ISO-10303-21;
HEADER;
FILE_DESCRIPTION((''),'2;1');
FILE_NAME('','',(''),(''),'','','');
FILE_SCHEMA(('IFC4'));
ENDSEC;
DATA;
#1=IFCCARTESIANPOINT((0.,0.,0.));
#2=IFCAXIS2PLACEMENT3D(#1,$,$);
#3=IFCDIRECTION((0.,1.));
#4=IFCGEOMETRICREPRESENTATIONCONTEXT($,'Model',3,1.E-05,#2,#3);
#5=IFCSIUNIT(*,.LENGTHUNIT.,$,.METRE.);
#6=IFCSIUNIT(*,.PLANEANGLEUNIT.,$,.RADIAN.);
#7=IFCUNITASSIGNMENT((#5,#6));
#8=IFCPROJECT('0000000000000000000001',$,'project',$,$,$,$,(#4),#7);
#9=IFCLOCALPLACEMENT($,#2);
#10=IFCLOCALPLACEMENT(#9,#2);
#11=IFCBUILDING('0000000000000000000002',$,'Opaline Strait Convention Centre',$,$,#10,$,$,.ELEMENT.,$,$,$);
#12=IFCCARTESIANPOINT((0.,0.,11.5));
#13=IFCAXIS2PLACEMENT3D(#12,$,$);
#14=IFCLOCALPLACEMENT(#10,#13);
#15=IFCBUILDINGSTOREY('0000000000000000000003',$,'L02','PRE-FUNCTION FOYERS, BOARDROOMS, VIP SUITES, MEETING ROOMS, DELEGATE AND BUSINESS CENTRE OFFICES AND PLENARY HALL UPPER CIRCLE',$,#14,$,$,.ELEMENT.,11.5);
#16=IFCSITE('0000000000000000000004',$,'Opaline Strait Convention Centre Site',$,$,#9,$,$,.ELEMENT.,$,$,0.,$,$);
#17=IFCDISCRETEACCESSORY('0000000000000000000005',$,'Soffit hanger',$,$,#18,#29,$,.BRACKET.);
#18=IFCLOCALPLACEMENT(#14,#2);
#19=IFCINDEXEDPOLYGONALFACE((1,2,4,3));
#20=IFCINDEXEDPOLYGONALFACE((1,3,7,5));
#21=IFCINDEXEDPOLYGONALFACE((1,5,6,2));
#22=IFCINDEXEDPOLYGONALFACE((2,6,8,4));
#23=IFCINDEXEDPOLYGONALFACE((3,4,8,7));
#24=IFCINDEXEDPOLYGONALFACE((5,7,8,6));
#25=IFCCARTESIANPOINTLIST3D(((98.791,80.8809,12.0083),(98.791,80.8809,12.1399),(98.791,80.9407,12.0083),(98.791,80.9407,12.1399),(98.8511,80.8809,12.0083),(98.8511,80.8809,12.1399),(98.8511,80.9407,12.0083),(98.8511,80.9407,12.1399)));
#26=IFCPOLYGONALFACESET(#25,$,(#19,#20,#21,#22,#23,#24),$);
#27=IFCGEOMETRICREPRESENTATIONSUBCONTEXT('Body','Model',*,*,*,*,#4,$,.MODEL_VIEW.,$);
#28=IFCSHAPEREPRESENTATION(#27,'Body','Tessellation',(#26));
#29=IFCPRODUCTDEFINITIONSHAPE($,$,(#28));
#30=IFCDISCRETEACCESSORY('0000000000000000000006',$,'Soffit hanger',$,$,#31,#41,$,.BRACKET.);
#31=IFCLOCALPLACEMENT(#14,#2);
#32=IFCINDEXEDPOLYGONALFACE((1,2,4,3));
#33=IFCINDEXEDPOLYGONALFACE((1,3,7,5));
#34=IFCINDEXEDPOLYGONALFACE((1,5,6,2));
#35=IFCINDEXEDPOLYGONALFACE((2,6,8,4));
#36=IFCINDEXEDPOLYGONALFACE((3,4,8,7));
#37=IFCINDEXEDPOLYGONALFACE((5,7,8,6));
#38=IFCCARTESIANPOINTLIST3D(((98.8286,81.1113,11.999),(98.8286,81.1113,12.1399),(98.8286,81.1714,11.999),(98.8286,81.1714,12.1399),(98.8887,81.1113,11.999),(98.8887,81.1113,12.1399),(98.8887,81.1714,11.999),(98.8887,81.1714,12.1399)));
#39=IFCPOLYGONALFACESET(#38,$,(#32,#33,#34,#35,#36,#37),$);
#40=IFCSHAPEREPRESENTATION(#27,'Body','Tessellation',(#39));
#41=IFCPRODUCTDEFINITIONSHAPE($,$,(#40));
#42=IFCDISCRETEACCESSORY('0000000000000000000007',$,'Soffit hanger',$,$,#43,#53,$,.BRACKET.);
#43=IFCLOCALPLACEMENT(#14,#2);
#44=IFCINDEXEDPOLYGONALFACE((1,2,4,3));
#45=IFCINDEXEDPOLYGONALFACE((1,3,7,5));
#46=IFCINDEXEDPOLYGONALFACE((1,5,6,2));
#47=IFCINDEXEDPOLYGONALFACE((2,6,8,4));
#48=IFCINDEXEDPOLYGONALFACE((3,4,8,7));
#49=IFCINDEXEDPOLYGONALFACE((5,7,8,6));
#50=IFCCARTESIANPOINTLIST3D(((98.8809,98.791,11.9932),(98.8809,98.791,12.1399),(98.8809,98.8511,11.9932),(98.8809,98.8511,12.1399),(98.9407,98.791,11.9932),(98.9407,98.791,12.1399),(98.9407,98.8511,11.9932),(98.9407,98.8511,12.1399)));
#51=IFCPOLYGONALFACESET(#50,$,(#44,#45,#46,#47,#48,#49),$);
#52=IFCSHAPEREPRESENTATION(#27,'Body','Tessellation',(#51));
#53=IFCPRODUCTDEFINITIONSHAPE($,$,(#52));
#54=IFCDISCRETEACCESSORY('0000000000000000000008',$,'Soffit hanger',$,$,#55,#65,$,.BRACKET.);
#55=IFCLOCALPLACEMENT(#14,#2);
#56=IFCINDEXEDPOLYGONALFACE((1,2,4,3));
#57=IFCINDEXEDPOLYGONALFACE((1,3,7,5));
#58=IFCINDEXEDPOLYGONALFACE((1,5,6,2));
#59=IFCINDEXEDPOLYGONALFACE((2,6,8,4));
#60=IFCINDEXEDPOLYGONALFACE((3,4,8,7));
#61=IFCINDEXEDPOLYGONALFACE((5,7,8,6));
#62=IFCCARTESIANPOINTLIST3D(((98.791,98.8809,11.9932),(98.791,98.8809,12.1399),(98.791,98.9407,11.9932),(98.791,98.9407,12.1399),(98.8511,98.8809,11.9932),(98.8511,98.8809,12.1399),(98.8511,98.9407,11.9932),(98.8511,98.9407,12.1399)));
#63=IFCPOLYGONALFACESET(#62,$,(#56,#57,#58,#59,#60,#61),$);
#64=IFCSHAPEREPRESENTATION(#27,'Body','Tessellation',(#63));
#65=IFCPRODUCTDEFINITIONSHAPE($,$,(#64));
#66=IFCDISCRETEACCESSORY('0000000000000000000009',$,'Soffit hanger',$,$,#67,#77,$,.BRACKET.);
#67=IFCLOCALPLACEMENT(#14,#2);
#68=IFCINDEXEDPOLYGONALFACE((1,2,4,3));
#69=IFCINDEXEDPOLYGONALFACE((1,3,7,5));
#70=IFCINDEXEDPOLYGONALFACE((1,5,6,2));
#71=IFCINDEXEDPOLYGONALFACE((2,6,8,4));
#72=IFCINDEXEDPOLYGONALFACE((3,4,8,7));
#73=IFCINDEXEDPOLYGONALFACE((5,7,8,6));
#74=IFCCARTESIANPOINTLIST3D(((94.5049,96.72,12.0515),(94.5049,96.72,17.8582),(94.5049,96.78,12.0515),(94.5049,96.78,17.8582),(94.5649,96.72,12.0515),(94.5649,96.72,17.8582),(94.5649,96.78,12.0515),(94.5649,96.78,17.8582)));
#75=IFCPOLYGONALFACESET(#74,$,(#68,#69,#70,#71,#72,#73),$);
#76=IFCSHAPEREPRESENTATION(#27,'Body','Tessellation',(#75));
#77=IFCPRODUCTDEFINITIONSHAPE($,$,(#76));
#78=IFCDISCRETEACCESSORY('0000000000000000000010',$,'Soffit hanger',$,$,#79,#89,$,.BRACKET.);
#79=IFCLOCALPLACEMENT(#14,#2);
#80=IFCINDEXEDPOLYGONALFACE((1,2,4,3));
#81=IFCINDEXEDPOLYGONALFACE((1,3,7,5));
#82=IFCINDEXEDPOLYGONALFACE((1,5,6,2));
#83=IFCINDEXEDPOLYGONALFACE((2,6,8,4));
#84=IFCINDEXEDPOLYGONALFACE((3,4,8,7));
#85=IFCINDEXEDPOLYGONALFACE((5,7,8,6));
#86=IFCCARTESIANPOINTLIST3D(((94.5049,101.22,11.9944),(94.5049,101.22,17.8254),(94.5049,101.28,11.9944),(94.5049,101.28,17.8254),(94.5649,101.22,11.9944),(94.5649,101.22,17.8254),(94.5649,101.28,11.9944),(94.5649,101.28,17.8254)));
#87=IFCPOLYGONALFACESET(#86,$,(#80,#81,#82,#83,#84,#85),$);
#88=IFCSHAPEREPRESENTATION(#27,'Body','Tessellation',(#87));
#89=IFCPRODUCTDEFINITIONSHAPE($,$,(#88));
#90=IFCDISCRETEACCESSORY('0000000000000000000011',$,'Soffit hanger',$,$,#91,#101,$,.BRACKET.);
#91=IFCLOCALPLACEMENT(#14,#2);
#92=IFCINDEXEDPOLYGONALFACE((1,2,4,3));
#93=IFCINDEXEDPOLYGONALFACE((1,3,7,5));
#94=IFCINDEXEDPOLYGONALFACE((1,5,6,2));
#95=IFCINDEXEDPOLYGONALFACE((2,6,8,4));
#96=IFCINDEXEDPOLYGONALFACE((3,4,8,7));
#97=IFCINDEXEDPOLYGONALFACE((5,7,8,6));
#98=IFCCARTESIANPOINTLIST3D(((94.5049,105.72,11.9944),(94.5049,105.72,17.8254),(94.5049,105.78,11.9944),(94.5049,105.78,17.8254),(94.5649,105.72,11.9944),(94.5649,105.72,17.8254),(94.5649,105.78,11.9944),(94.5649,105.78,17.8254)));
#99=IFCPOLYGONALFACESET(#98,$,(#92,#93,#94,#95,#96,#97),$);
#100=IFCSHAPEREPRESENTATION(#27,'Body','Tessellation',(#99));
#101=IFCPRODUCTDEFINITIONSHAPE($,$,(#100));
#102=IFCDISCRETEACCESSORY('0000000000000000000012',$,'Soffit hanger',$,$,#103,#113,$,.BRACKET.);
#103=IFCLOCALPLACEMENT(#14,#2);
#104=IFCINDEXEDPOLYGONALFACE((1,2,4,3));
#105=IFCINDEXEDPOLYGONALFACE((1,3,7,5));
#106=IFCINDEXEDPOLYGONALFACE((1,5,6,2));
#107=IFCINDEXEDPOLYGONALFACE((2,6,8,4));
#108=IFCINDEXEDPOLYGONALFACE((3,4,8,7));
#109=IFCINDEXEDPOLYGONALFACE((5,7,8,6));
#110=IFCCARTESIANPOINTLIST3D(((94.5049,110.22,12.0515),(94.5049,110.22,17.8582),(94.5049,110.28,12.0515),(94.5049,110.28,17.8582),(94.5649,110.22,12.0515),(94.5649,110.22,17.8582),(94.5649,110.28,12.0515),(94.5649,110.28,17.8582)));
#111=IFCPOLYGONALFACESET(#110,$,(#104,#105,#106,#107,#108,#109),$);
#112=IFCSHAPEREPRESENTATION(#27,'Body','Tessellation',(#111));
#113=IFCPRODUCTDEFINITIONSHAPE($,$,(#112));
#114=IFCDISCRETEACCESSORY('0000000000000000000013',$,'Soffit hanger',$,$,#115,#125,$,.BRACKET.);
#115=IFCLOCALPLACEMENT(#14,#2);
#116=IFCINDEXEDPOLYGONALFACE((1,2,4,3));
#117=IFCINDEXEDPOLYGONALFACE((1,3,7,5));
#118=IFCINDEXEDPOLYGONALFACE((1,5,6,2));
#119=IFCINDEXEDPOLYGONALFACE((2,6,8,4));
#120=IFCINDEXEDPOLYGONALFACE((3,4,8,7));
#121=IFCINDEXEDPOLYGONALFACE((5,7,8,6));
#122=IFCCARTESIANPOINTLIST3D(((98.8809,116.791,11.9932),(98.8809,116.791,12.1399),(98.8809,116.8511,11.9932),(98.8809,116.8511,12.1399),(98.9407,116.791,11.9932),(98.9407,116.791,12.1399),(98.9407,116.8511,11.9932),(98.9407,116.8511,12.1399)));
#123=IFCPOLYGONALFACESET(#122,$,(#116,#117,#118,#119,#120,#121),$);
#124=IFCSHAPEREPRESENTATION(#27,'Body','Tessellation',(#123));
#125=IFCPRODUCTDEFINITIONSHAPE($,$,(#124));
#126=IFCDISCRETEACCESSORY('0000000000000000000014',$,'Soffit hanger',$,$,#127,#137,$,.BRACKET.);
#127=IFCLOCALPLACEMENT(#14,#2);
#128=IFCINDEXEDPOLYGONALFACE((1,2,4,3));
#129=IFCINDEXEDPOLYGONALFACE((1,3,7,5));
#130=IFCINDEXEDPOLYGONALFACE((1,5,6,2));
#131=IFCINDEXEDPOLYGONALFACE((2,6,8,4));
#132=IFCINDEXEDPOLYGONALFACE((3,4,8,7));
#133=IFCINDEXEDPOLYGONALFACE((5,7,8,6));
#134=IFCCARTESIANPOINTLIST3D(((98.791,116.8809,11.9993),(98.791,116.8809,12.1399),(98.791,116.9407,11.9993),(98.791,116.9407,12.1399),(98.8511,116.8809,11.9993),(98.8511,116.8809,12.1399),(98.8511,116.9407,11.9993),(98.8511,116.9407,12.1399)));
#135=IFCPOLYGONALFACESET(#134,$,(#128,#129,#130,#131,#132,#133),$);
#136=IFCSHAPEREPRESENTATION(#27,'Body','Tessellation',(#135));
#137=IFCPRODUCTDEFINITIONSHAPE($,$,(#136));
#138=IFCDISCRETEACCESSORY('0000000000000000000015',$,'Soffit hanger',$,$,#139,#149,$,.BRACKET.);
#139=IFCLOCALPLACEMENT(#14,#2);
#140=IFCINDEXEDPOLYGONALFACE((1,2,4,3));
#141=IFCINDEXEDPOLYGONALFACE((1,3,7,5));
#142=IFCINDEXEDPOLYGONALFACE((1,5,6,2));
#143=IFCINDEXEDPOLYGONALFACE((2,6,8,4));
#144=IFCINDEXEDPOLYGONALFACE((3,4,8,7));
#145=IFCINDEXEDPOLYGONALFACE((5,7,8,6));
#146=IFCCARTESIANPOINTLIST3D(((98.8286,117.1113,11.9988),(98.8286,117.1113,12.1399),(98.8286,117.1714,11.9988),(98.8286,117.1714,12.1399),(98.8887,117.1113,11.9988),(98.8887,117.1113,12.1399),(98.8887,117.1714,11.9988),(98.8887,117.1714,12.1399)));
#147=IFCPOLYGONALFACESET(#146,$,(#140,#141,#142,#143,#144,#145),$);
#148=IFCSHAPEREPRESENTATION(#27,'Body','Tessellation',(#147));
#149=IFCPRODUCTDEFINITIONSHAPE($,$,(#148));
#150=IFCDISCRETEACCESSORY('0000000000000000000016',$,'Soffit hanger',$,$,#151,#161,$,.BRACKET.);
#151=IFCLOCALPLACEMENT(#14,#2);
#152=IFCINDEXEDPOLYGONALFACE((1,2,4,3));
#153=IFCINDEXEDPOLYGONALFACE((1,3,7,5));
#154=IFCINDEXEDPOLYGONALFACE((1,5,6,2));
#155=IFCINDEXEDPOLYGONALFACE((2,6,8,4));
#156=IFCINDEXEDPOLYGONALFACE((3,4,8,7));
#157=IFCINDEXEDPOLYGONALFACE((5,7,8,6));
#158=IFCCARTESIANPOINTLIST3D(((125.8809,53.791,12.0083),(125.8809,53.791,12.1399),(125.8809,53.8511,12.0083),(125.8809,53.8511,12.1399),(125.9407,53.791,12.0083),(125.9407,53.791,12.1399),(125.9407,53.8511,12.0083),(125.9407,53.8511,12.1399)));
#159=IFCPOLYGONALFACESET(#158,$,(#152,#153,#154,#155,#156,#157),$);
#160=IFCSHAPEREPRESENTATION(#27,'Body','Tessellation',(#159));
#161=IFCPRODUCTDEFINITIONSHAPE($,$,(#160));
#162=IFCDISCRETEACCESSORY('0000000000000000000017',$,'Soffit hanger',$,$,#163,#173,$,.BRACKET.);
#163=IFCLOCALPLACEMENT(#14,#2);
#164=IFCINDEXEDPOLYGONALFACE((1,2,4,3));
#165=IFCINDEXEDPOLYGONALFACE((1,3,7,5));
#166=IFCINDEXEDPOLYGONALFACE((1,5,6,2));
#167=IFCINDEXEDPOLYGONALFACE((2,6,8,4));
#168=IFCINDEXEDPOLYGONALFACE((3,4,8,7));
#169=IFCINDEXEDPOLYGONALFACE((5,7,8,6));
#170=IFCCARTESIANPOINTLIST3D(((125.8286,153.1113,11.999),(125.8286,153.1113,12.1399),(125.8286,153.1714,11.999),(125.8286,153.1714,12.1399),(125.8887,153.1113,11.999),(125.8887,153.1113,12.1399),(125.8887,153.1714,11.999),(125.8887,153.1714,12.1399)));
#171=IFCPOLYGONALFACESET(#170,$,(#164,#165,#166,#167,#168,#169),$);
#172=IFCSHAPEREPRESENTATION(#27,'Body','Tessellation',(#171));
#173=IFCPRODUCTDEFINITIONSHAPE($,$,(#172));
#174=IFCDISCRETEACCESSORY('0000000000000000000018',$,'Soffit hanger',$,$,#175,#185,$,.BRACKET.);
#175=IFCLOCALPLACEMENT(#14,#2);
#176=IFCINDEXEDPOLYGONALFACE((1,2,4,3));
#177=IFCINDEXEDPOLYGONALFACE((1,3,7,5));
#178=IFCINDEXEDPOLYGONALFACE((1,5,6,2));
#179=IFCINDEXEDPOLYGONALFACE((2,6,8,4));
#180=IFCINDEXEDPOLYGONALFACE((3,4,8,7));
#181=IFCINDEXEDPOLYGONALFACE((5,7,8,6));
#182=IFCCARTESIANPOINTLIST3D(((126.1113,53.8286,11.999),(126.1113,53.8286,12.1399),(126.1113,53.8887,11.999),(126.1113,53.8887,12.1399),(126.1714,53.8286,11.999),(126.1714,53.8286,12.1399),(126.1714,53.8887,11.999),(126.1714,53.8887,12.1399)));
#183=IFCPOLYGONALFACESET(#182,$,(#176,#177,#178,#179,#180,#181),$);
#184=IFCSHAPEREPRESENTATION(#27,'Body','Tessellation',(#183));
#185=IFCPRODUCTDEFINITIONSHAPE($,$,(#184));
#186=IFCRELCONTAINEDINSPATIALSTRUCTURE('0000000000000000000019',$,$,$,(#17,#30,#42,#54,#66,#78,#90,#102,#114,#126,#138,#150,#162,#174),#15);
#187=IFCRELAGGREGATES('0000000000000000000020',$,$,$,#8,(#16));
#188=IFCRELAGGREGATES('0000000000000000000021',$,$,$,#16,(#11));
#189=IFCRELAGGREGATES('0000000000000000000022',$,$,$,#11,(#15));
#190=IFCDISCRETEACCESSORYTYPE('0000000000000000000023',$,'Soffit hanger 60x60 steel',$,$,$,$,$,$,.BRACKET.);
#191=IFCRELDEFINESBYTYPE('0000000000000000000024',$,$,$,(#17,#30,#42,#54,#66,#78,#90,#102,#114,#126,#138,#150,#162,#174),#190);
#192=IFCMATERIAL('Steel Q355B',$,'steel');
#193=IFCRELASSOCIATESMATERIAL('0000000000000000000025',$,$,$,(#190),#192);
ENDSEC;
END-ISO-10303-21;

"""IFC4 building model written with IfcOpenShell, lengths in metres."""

from ifc_helpers import new_model, si_unit, direction, frame, origin, place, context, subcontext, project, spatial, polyline, outline, extrude, material, type_object, element, save


model = new_model("IFC4")

# Units and contexts
model_context = context("Model", 3, precision=1e-05, world=origin(), true_north=direction((0.0, 1.0)))
body_context = subcontext(model_context, "Body", "Model", "MODEL_VIEW")
ifc_project = project(units=[si_unit("LENGTHUNIT", "METRE"), si_unit("PLANEANGLEUNIT", "RADIAN")], contexts=[model_context])

# Site, building, storey
site_placement = place(None, origin())
site = spatial("IfcSite", under=ifc_project, at=site_placement, Name="Opaline Strait Convention Centre Site", CompositionType="ELEMENT", RefElevation=0.0)
building_placement = place(site_placement, origin())
building = spatial("IfcBuilding", under=site, at=building_placement, Name="Opaline Strait Convention Centre", CompositionType="ELEMENT")
storey_placement = place(building_placement, frame((0.0, 0.0, 11.5)))
storey = spatial("IfcBuildingStorey", under=building, at=storey_placement, Name="L02", Description="PRE-FUNCTION FOYERS, BOARDROOMS, VIP SUITES, MEETING ROOMS, DELEGATE AND BUSINESS CENTRE OFFICES AND PLENARY HALL UPPER CIRCLE", CompositionType="ELEMENT", Elevation=11.5)

# Discrete accessories
ifc_material = material(Name="Steel Q355B", Category="steel")
discrete_accessory_type = type_object("IfcDiscreteAccessoryType", Name="Soffit hanger 60x60 steel", PredefinedType="BRACKET", material=ifc_material)
discrete_accessory_1_placement = place(storey_placement, frame((0.0, 0.0, 12.0083)))
element("IfcDiscreteAccessory", 1, at=discrete_accessory_1_placement, inside=storey, type_object=discrete_accessory_type, Name="Soffit hanger", PredefinedType="BRACKET", context=body_context, shape_type="SweptSolid", body=[
    extrude(outline(polyline([(98.791, 80.8809), (98.8511, 80.8809), (98.8511, 80.9407), (98.791, 80.9407), (98.791, 80.8809)])), origin(), (0.0, 0.0, 1.0), 0.1316),
])
discrete_accessory_2_placement = place(storey_placement, frame((0.0, 0.0, 11.999)))
element("IfcDiscreteAccessory", 2, at=discrete_accessory_2_placement, inside=storey, type_object=discrete_accessory_type, Name="Soffit hanger", PredefinedType="BRACKET", context=body_context, shape_type="SweptSolid", body=[
    extrude(outline(polyline([(98.8286, 81.1113), (98.8887, 81.1113), (98.8887, 81.1714), (98.8286, 81.1714), (98.8286, 81.1113)])), origin(), (0.0, 0.0, 1.0), 0.1409),
])
discrete_accessory_3_placement = place(storey_placement, frame((0.0, 0.0, 11.9932)))
element("IfcDiscreteAccessory", 3, at=discrete_accessory_3_placement, inside=storey, type_object=discrete_accessory_type, Name="Soffit hanger", PredefinedType="BRACKET", context=body_context, shape_type="SweptSolid", body=[
    extrude(outline(polyline([(98.8809, 98.791), (98.9407, 98.791), (98.9407, 98.8511), (98.8809, 98.8511), (98.8809, 98.791)])), origin(), (0.0, 0.0, 1.0), 0.1467),
])
discrete_accessory_4_placement = place(storey_placement, frame((0.0, 0.0, 11.9932)))
element("IfcDiscreteAccessory", 4, at=discrete_accessory_4_placement, inside=storey, type_object=discrete_accessory_type, Name="Soffit hanger", PredefinedType="BRACKET", context=body_context, shape_type="SweptSolid", body=[
    extrude(outline(polyline([(98.791, 98.8809), (98.8511, 98.8809), (98.8511, 98.9407), (98.791, 98.9407), (98.791, 98.8809)])), origin(), (0.0, 0.0, 1.0), 0.1467),
])
discrete_accessory_5_placement = place(storey_placement, frame((0.0, 0.0, 12.0515)))
element("IfcDiscreteAccessory", 5, at=discrete_accessory_5_placement, inside=storey, type_object=discrete_accessory_type, Name="Soffit hanger", PredefinedType="BRACKET", context=body_context, shape_type="SweptSolid", body=[
    extrude(outline(polyline([(94.5049, 96.72), (94.5649, 96.72), (94.5649, 96.78), (94.5049, 96.78), (94.5049, 96.72)])), origin(), (0.0, 0.0, 1.0), 5.8066),
])
discrete_accessory_6_placement = place(storey_placement, frame((0.0, 0.0, 11.9944)))
element("IfcDiscreteAccessory", 6, at=discrete_accessory_6_placement, inside=storey, type_object=discrete_accessory_type, Name="Soffit hanger", PredefinedType="BRACKET", context=body_context, shape_type="SweptSolid", body=[
    extrude(outline(polyline([(94.5049, 101.22), (94.5649, 101.22), (94.5649, 101.28), (94.5049, 101.28), (94.5049, 101.22)])), origin(), (0.0, 0.0, 1.0), 5.8311),
])
discrete_accessory_7_placement = place(storey_placement, frame((0.0, 0.0, 11.9944)))
element("IfcDiscreteAccessory", 7, at=discrete_accessory_7_placement, inside=storey, type_object=discrete_accessory_type, Name="Soffit hanger", PredefinedType="BRACKET", context=body_context, shape_type="SweptSolid", body=[
    extrude(outline(polyline([(94.5049, 105.72), (94.5649, 105.72), (94.5649, 105.78), (94.5049, 105.78), (94.5049, 105.72)])), origin(), (0.0, 0.0, 1.0), 5.8311),
])
discrete_accessory_8_placement = place(storey_placement, frame((0.0, 0.0, 12.0515)))
element("IfcDiscreteAccessory", 8, at=discrete_accessory_8_placement, inside=storey, type_object=discrete_accessory_type, Name="Soffit hanger", PredefinedType="BRACKET", context=body_context, shape_type="SweptSolid", body=[
    extrude(outline(polyline([(94.5049, 110.22), (94.5649, 110.22), (94.5649, 110.28), (94.5049, 110.28), (94.5049, 110.22)])), origin(), (0.0, 0.0, 1.0), 5.8066),
])
discrete_accessory_9_placement = place(storey_placement, frame((0.0, 0.0, 11.9932)))
element("IfcDiscreteAccessory", 9, at=discrete_accessory_9_placement, inside=storey, type_object=discrete_accessory_type, Name="Soffit hanger", PredefinedType="BRACKET", context=body_context, shape_type="SweptSolid", body=[
    extrude(outline(polyline([(98.8809, 116.791), (98.9407, 116.791), (98.9407, 116.8511), (98.8809, 116.8511), (98.8809, 116.791)])), origin(), (0.0, 0.0, 1.0), 0.1467),
])
discrete_accessory_10_placement = place(storey_placement, frame((0.0, 0.0, 11.9993)))
element("IfcDiscreteAccessory", 10, at=discrete_accessory_10_placement, inside=storey, type_object=discrete_accessory_type, Name="Soffit hanger", PredefinedType="BRACKET", context=body_context, shape_type="SweptSolid", body=[
    extrude(outline(polyline([(98.791, 116.8809), (98.8511, 116.8809), (98.8511, 116.9407), (98.791, 116.9407), (98.791, 116.8809)])), origin(), (0.0, 0.0, 1.0), 0.1406),
])
discrete_accessory_11_placement = place(storey_placement, frame((0.0, 0.0, 11.9988)))
element("IfcDiscreteAccessory", 11, at=discrete_accessory_11_placement, inside=storey, type_object=discrete_accessory_type, Name="Soffit hanger", PredefinedType="BRACKET", context=body_context, shape_type="SweptSolid", body=[
    extrude(outline(polyline([(98.8286, 117.1113), (98.8887, 117.1113), (98.8887, 117.1714), (98.8286, 117.1714), (98.8286, 117.1113)])), origin(), (0.0, 0.0, 1.0), 0.1411),
])
discrete_accessory_12_placement = place(storey_placement, frame((0.0, 0.0, 12.0083)))
element("IfcDiscreteAccessory", 12, at=discrete_accessory_12_placement, inside=storey, type_object=discrete_accessory_type, Name="Soffit hanger", PredefinedType="BRACKET", context=body_context, shape_type="SweptSolid", body=[
    extrude(outline(polyline([(125.8809, 53.791), (125.9407, 53.791), (125.9407, 53.8511), (125.8809, 53.8511), (125.8809, 53.791)])), origin(), (0.0, 0.0, 1.0), 0.1316),
])
discrete_accessory_13_placement = place(storey_placement, frame((0.0, 0.0, 11.999)))
element("IfcDiscreteAccessory", 13, at=discrete_accessory_13_placement, inside=storey, type_object=discrete_accessory_type, Name="Soffit hanger", PredefinedType="BRACKET", context=body_context, shape_type="SweptSolid", body=[
    extrude(outline(polyline([(125.8286, 153.1113), (125.8887, 153.1113), (125.8887, 153.1714), (125.8286, 153.1714), (125.8286, 153.1113)])), origin(), (0.0, 0.0, 1.0), 0.1409),
])
discrete_accessory_14_placement = place(storey_placement, frame((0.0, 0.0, 11.999)))
element("IfcDiscreteAccessory", 14, at=discrete_accessory_14_placement, inside=storey, type_object=discrete_accessory_type, Name="Soffit hanger", PredefinedType="BRACKET", context=body_context, shape_type="SweptSolid", body=[
    extrude(outline(polyline([(126.1113, 53.8286), (126.1714, 53.8286), (126.1714, 53.8887), (126.1113, 53.8887), (126.1113, 53.8286)])), origin(), (0.0, 0.0, 1.0), 0.1409),
])

save(model, "model.ifc")
